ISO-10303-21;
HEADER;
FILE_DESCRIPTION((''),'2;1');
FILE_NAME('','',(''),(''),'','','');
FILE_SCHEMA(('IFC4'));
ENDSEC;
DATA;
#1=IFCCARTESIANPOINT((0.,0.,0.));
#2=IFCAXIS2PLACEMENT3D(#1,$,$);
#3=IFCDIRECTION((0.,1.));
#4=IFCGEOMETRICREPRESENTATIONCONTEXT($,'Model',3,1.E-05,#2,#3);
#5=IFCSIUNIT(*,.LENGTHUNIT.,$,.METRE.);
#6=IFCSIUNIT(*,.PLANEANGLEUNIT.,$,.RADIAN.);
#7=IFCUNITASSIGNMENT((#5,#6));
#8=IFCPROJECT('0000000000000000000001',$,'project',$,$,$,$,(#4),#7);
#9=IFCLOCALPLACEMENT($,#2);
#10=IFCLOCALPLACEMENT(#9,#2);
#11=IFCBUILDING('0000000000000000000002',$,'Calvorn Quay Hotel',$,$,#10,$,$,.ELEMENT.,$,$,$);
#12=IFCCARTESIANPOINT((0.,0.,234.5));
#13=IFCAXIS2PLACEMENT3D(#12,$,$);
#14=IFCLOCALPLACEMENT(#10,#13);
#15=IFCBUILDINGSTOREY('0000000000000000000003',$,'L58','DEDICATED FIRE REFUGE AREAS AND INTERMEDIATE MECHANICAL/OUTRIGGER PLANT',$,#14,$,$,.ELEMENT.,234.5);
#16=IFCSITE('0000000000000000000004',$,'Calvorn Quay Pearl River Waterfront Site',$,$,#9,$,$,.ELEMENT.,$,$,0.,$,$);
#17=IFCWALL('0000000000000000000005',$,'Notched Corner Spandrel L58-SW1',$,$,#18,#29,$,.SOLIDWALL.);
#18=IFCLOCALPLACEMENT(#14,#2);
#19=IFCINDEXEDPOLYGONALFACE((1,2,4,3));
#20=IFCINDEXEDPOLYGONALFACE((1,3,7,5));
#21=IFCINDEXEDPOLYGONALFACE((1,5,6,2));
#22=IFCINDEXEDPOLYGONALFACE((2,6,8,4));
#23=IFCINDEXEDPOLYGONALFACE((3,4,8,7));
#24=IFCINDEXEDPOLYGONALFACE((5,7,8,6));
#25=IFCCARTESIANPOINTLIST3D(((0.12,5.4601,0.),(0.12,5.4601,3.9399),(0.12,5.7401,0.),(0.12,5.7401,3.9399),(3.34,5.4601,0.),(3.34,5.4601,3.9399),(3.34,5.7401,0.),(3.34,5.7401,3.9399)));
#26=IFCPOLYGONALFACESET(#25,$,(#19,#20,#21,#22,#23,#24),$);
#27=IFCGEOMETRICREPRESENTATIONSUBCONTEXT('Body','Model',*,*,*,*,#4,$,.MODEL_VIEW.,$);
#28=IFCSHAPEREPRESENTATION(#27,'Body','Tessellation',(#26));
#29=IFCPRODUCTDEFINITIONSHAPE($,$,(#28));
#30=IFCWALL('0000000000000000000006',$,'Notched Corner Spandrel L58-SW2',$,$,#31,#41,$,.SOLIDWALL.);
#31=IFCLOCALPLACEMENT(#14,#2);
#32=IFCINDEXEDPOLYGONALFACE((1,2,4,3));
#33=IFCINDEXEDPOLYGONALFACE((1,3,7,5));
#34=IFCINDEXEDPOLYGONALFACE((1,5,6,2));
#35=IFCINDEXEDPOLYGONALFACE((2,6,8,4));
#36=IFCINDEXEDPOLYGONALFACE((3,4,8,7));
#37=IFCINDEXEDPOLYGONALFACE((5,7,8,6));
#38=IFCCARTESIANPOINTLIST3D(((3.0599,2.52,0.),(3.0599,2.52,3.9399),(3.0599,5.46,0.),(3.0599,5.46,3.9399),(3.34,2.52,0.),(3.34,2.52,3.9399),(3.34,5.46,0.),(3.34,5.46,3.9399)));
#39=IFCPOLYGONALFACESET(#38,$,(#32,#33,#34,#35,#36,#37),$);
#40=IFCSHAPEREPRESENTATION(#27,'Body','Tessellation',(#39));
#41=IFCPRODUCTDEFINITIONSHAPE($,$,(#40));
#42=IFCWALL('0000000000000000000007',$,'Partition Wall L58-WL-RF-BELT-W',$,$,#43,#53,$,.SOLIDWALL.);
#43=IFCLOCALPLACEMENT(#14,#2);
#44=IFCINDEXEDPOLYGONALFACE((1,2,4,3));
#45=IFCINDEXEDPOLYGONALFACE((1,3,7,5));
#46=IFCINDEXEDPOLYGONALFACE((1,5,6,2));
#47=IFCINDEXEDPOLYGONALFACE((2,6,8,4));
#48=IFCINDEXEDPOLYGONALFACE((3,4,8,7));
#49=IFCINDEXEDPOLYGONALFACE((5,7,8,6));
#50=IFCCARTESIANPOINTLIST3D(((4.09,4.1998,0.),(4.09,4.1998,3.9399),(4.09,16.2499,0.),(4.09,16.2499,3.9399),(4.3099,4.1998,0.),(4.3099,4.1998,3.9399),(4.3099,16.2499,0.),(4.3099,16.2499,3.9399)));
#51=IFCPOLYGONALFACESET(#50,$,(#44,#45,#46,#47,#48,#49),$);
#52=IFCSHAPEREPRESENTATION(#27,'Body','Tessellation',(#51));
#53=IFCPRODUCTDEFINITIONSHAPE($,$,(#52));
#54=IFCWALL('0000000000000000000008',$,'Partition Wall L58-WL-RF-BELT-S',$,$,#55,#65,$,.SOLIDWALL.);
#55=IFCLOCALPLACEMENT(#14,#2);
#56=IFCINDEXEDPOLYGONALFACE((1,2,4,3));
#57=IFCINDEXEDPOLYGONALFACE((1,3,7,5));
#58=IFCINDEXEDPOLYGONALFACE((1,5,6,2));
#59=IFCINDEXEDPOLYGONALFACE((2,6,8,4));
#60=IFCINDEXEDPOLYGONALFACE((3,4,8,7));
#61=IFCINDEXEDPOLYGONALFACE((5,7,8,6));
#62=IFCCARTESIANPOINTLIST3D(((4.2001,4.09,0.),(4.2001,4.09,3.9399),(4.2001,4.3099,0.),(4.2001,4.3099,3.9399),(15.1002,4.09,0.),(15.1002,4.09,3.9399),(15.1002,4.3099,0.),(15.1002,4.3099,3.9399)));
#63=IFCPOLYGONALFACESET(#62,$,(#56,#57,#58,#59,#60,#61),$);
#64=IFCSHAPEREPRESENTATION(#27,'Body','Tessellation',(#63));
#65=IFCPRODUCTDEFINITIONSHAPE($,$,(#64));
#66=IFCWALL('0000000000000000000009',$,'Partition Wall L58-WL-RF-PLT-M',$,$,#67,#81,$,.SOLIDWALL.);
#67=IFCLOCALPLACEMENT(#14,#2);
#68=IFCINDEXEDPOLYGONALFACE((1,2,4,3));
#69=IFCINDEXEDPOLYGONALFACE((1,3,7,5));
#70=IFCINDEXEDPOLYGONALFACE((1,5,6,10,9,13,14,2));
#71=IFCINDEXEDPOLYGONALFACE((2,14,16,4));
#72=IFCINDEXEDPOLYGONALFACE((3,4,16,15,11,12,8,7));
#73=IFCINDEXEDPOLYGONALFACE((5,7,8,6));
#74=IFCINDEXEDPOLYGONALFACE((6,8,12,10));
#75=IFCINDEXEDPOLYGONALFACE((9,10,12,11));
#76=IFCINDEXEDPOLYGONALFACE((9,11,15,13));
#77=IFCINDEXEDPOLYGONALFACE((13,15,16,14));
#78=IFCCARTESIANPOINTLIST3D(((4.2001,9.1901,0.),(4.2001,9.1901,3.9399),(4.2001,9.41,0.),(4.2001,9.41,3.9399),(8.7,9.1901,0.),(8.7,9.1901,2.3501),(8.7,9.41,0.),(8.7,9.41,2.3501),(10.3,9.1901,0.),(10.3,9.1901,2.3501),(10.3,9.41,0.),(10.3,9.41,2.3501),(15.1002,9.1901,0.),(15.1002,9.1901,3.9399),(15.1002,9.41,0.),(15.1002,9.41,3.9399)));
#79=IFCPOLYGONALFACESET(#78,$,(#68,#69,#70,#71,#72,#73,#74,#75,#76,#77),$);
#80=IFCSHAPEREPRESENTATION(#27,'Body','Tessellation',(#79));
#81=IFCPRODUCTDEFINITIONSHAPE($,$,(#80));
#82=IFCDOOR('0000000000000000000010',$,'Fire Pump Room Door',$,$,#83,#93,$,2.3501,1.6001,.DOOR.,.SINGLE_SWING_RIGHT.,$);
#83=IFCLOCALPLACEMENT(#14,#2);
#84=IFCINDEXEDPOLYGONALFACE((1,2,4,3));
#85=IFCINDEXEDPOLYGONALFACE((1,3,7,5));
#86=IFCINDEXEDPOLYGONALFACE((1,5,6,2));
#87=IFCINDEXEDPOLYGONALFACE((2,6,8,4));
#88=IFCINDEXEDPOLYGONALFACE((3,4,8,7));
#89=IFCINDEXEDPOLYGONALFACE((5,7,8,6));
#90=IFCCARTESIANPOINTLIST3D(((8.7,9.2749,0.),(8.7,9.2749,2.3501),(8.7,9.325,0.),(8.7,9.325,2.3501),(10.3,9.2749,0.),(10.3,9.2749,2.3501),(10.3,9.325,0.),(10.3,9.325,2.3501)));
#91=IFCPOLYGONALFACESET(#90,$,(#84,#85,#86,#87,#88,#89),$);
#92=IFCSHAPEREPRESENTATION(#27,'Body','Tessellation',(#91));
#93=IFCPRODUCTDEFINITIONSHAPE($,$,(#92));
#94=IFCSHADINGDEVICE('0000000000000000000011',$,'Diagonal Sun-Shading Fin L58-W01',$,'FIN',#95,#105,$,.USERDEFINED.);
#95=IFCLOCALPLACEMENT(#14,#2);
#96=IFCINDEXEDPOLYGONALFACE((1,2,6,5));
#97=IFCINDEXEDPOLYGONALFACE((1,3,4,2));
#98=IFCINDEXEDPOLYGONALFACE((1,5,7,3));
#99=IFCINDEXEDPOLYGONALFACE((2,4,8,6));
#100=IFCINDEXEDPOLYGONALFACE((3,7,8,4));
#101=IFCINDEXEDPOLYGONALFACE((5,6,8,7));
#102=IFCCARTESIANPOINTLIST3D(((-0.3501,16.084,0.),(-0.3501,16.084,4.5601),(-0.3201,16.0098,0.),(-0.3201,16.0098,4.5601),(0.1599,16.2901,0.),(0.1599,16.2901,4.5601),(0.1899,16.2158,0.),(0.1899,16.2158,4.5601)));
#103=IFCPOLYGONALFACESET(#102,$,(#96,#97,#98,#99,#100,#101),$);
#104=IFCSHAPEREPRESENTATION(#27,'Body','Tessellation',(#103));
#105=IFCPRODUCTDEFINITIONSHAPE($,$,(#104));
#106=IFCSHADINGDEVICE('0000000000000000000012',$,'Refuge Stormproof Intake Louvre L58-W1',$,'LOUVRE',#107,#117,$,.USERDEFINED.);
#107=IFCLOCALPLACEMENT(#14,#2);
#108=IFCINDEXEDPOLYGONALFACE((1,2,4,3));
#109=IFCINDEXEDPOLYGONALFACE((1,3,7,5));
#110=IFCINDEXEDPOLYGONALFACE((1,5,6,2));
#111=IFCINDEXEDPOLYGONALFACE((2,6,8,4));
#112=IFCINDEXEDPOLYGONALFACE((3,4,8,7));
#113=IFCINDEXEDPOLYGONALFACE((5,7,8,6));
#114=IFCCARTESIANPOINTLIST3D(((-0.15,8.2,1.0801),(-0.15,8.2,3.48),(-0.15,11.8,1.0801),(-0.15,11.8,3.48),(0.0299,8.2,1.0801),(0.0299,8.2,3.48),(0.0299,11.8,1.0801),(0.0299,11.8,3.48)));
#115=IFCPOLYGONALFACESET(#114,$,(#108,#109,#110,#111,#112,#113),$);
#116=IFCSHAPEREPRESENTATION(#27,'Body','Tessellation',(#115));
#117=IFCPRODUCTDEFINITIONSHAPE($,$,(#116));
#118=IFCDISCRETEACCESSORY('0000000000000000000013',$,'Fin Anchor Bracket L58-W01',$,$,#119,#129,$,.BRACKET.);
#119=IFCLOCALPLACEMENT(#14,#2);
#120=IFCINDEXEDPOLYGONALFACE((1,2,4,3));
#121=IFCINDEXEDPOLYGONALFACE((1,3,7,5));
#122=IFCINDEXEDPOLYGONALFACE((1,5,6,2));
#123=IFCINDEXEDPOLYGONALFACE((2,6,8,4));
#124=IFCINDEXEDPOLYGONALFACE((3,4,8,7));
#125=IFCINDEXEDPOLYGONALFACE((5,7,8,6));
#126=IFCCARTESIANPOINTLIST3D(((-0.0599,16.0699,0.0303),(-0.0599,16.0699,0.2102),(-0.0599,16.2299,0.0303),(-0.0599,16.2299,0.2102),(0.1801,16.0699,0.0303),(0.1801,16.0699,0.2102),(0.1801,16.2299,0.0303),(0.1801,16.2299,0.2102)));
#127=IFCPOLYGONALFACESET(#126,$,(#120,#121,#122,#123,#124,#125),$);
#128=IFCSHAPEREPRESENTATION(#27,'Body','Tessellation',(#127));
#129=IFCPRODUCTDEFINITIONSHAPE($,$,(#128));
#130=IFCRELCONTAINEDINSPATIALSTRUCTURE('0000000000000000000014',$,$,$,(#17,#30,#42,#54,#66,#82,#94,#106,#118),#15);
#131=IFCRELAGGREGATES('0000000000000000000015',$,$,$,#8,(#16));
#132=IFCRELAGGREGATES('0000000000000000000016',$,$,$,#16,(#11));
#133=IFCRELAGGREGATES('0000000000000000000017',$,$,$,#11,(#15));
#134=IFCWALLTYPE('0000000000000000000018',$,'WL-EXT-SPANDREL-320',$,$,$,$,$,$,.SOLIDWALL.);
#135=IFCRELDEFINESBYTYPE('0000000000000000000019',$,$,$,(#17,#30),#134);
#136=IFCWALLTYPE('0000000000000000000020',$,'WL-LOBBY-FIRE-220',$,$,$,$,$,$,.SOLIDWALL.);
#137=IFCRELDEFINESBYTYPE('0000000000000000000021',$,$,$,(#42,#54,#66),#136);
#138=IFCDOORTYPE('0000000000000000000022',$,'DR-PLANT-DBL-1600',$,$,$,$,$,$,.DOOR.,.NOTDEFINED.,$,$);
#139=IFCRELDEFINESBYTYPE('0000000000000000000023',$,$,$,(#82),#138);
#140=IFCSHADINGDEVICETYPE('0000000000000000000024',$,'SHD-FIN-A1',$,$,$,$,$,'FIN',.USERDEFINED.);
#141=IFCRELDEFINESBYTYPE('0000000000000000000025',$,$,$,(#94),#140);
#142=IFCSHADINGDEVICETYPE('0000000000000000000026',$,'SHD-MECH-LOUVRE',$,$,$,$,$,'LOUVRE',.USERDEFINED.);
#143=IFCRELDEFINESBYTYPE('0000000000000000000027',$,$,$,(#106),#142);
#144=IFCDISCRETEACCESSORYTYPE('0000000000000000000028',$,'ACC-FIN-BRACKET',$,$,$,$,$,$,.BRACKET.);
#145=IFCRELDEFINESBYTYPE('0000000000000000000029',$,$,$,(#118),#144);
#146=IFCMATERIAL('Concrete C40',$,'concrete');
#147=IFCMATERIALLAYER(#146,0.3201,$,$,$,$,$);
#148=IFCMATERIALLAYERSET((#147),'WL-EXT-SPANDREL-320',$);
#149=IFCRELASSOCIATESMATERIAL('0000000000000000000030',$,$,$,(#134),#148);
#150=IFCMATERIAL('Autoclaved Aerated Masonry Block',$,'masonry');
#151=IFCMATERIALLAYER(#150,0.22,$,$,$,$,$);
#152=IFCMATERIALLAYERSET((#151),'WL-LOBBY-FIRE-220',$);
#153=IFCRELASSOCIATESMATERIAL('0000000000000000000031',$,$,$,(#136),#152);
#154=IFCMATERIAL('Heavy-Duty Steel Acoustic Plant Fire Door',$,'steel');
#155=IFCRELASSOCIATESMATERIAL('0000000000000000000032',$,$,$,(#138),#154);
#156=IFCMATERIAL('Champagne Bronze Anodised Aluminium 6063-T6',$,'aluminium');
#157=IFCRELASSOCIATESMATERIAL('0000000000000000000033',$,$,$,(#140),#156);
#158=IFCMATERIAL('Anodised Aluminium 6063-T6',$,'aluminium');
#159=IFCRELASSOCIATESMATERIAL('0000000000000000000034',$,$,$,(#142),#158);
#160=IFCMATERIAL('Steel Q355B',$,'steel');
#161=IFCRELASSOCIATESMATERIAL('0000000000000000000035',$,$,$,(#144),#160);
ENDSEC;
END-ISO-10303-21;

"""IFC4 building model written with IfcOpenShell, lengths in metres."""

from ifc_helpers import new_model, si_unit, direction, frame, frame_2d, origin, origin_2d, place, context, subcontext, project, spatial, rectangle, extrude, material, layer, layer_set, type_object, element, fill, save


model = new_model("IFC4")

# Units and contexts
model_context = context("Model", 3, precision=1e-05, world=origin(), true_north=direction((0.0, 1.0)))
body_context = subcontext(model_context, "Body", "Model", "MODEL_VIEW")
ifc_project = project(units=[si_unit("LENGTHUNIT", "METRE"), si_unit("PLANEANGLEUNIT", "RADIAN")], contexts=[model_context])

# Site, building, storey
site_placement = place(None, origin())
site = spatial("IfcSite", under=ifc_project, at=site_placement, Name="Calvorn Quay Pearl River Waterfront Site", CompositionType="ELEMENT", RefElevation=0.0)
building_placement = place(site_placement, origin())
building = spatial("IfcBuilding", under=site, at=building_placement, Name="Calvorn Quay Hotel", CompositionType="ELEMENT")
storey_placement = place(building_placement, frame((0.0, 0.0, 234.5)))
storey = spatial("IfcBuildingStorey", under=building, at=storey_placement, Name="L58", Description="DEDICATED FIRE REFUGE AREAS AND INTERMEDIATE MECHANICAL/OUTRIGGER PLANT", CompositionType="ELEMENT", Elevation=234.5)

# Walls
ifc_material_1 = material(Name="Concrete C40", Category="concrete")
ifc_layer_1 = layer(ifc_material_1, 0.3201)
ifc_layer_set_1 = layer_set([ifc_layer_1], Name="WL-EXT-SPANDREL-320")
wall_type_1 = type_object("IfcWallType", Name="WL-EXT-SPANDREL-320", PredefinedType="SOLIDWALL", material=ifc_layer_set_1)
wall_1_placement = place(storey_placement, frame((0.1201, 5.6001, 0.0), z_axis=(0.0, 0.0, 1.0), x_axis=(1.0, 0.0, 0.0)))
element("IfcWall", 1, at=wall_1_placement, inside=storey, type_object=wall_type_1, Name="Notched Corner Spandrel L58-SW1", PredefinedType="SOLIDWALL", context=body_context, shape_type="SweptSolid", body=[
    extrude(rectangle(XDim=3.22, YDim=0.28, at=frame_2d((1.6099, 0.0))), origin(), (0.0, 0.0, 1.0), 3.9399),
])
wall_2_placement = place(storey_placement, frame((3.2, 5.46, 0.0), z_axis=(0.0, 0.0, 1.0), x_axis=(0.0, -1.0, 0.0)))
element("IfcWall", 2, at=wall_2_placement, inside=storey, type_object=wall_type_1, Name="Notched Corner Spandrel L58-SW2", PredefinedType="SOLIDWALL", context=body_context, shape_type="SweptSolid", body=[
    extrude(rectangle(XDim=2.9399, YDim=0.28, at=frame_2d((1.47, 0.0))), origin(), (0.0, 0.0, 1.0), 3.9399),
])
ifc_material_2 = material(Name="Autoclaved Aerated Masonry Block", Category="masonry")
ifc_layer_2 = layer(ifc_material_2, 0.22)
ifc_layer_set_2 = layer_set([ifc_layer_2], Name="WL-LOBBY-FIRE-220")
wall_type_2 = type_object("IfcWallType", Name="WL-LOBBY-FIRE-220", PredefinedType="SOLIDWALL", material=ifc_layer_set_2)
wall_3_placement = place(storey_placement, frame((4.2, 4.2, 0.0), z_axis=(0.0, 0.0, 1.0), x_axis=(0.0, 1.0, 0.0)))
element("IfcWall", 3, at=wall_3_placement, inside=storey, type_object=wall_type_2, Name="Partition Wall L58-WL-RF-BELT-W", PredefinedType="SOLIDWALL", context=body_context, shape_type="SweptSolid", body=[
    extrude(rectangle(XDim=12.05, YDim=0.22, at=frame_2d((6.0249, 0.0))), origin(), (0.0, 0.0, 1.0), 3.9399),
])
wall_4_placement = place(storey_placement, frame((4.2, 4.2, 0.0), z_axis=(0.0, 0.0, 1.0), x_axis=(1.0, 0.0, 0.0)))
element("IfcWall", 4, at=wall_4_placement, inside=storey, type_object=wall_type_2, Name="Partition Wall L58-WL-RF-BELT-S", PredefinedType="SOLIDWALL", context=body_context, shape_type="SweptSolid", body=[
    extrude(rectangle(XDim=10.9001, YDim=0.22, at=frame_2d((5.4502, 0.0))), origin(), (0.0, 0.0, 1.0), 3.9399),
])

# Wall, opening, door
wall_5_placement = place(storey_placement, frame((4.2, 9.3, 0.0), z_axis=(0.0, 0.0, 1.0), x_axis=(1.0, 0.0, 0.0)))
wall_5 = element("IfcWall", 5, at=wall_5_placement, inside=storey, type_object=wall_type_2, Name="Partition Wall L58-WL-RF-PLT-M", PredefinedType="SOLIDWALL", context=body_context, shape_type="SweptSolid", body=[
    extrude(rectangle(XDim=10.9001, YDim=0.22, at=frame_2d((5.4502, 0.0))), origin(), (0.0, 0.0, 1.0), 3.9399),
])
opening_placement = place(wall_5_placement, frame((4.5, 0.0, 0.0)))
opening = element("IfcOpeningElement", 6, at=opening_placement, cuts=wall_5, PredefinedType="OPENING", context=body_context, shape_type="SweptSolid", body=[
    extrude(rectangle(XDim=1.6001, YDim=2.3501, at=frame_2d((0.8, 1.175))), frame((0.0, 0.1199, 0.0), z_axis=(0.0, -1.0, 0.0), x_axis=(1.0, 0.0, 0.0)), (0.0, 0.0, 1.0), 0.24),
])
ifc_material_3 = material(Name="Heavy-Duty Steel Acoustic Plant Fire Door", Category="steel")
door_type = type_object("IfcDoorType", Name="DR-PLANT-DBL-1600", OperationType="NOTDEFINED", PredefinedType="DOOR", material=ifc_material_3)
door_placement = place(opening_placement, origin())
door = element("IfcDoor", 7, at=door_placement, inside=storey, type_object=door_type, Name="Fire Pump Room Door", OperationType="SINGLE_SWING_RIGHT", OverallHeight=2.3501, OverallWidth=1.6001, PredefinedType="DOOR", context=body_context, shape_type="SweptSolid", body=[
    extrude(rectangle(XDim=1.6001, YDim=2.3501, at=frame_2d((0.8, 1.175))), frame((0.0, 0.0249, 0.0), z_axis=(0.0, -1.0, 0.0), x_axis=(1.0, 0.0, 0.0)), (0.0, 0.0, 1.0), 0.05),
])
fill(opening, door)

# Shading devices
ifc_material_4 = material(Name="Champagne Bronze Anodised Aluminium 6063-T6", Category="aluminium")
shading_device_type_1 = type_object("IfcShadingDeviceType", Name="SHD-FIN-A1", ElementType="FIN", PredefinedType="USERDEFINED", material=ifc_material_4)
shading_device_1_placement = place(storey_placement, frame((-0.0801, 16.1499, 0.0), z_axis=(0.0, 0.0, 1.0), x_axis=(0.927184, 0.374607, 0.0)))
element("IfcShadingDevice", 8, at=shading_device_1_placement, inside=storey, type_object=shading_device_type_1, Name="Diagonal Sun-Shading Fin L58-W01", ObjectType="FIN", PredefinedType="USERDEFINED", context=body_context, shape_type="SweptSolid", body=[
    extrude(rectangle(XDim=0.55, YDim=0.0801, at=origin_2d()), origin(), (0.0, 0.0, 1.0), 4.5601),
])
ifc_material_5 = material(Name="Anodised Aluminium 6063-T6", Category="aluminium")
shading_device_type_2 = type_object("IfcShadingDeviceType", Name="SHD-MECH-LOUVRE", ElementType="LOUVRE", PredefinedType="USERDEFINED", material=ifc_material_5)
shading_device_2_placement = place(storey_placement, frame((-0.0601, 10.0, 1.0801), z_axis=(0.0, 0.0, 1.0), x_axis=(1.0, 0.0, 0.0)))
element("IfcShadingDevice", 9, at=shading_device_2_placement, inside=storey, type_object=shading_device_type_2, Name="Refuge Stormproof Intake Louvre L58-W1", ObjectType="LOUVRE", PredefinedType="USERDEFINED", context=body_context, shape_type="SweptSolid", body=[
    extrude(rectangle(XDim=0.1799, YDim=3.6001, at=origin_2d()), origin(), (0.0, 0.0, 1.0), 2.3999),
])

# Discrete accessory
ifc_material_6 = material(Name="Steel Q355B", Category="steel")
discrete_accessory_type = type_object("IfcDiscreteAccessoryType", Name="ACC-FIN-BRACKET", PredefinedType="BRACKET", material=ifc_material_6)
discrete_accessory_placement = place(storey_placement, frame((0.0601, 16.1499, 0.0303), z_axis=(0.0, 0.0, 1.0), x_axis=(1.0, 0.0, 0.0)))
element("IfcDiscreteAccessory", 10, at=discrete_accessory_placement, inside=storey, type_object=discrete_accessory_type, Name="Fin Anchor Bracket L58-W01", PredefinedType="BRACKET", context=body_context, shape_type="SweptSolid", body=[
    extrude(rectangle(XDim=0.24, YDim=0.1599, at=origin_2d()), origin(), (0.0, 0.0, 1.0), 0.1799),
])

save(model, "model.ifc")
